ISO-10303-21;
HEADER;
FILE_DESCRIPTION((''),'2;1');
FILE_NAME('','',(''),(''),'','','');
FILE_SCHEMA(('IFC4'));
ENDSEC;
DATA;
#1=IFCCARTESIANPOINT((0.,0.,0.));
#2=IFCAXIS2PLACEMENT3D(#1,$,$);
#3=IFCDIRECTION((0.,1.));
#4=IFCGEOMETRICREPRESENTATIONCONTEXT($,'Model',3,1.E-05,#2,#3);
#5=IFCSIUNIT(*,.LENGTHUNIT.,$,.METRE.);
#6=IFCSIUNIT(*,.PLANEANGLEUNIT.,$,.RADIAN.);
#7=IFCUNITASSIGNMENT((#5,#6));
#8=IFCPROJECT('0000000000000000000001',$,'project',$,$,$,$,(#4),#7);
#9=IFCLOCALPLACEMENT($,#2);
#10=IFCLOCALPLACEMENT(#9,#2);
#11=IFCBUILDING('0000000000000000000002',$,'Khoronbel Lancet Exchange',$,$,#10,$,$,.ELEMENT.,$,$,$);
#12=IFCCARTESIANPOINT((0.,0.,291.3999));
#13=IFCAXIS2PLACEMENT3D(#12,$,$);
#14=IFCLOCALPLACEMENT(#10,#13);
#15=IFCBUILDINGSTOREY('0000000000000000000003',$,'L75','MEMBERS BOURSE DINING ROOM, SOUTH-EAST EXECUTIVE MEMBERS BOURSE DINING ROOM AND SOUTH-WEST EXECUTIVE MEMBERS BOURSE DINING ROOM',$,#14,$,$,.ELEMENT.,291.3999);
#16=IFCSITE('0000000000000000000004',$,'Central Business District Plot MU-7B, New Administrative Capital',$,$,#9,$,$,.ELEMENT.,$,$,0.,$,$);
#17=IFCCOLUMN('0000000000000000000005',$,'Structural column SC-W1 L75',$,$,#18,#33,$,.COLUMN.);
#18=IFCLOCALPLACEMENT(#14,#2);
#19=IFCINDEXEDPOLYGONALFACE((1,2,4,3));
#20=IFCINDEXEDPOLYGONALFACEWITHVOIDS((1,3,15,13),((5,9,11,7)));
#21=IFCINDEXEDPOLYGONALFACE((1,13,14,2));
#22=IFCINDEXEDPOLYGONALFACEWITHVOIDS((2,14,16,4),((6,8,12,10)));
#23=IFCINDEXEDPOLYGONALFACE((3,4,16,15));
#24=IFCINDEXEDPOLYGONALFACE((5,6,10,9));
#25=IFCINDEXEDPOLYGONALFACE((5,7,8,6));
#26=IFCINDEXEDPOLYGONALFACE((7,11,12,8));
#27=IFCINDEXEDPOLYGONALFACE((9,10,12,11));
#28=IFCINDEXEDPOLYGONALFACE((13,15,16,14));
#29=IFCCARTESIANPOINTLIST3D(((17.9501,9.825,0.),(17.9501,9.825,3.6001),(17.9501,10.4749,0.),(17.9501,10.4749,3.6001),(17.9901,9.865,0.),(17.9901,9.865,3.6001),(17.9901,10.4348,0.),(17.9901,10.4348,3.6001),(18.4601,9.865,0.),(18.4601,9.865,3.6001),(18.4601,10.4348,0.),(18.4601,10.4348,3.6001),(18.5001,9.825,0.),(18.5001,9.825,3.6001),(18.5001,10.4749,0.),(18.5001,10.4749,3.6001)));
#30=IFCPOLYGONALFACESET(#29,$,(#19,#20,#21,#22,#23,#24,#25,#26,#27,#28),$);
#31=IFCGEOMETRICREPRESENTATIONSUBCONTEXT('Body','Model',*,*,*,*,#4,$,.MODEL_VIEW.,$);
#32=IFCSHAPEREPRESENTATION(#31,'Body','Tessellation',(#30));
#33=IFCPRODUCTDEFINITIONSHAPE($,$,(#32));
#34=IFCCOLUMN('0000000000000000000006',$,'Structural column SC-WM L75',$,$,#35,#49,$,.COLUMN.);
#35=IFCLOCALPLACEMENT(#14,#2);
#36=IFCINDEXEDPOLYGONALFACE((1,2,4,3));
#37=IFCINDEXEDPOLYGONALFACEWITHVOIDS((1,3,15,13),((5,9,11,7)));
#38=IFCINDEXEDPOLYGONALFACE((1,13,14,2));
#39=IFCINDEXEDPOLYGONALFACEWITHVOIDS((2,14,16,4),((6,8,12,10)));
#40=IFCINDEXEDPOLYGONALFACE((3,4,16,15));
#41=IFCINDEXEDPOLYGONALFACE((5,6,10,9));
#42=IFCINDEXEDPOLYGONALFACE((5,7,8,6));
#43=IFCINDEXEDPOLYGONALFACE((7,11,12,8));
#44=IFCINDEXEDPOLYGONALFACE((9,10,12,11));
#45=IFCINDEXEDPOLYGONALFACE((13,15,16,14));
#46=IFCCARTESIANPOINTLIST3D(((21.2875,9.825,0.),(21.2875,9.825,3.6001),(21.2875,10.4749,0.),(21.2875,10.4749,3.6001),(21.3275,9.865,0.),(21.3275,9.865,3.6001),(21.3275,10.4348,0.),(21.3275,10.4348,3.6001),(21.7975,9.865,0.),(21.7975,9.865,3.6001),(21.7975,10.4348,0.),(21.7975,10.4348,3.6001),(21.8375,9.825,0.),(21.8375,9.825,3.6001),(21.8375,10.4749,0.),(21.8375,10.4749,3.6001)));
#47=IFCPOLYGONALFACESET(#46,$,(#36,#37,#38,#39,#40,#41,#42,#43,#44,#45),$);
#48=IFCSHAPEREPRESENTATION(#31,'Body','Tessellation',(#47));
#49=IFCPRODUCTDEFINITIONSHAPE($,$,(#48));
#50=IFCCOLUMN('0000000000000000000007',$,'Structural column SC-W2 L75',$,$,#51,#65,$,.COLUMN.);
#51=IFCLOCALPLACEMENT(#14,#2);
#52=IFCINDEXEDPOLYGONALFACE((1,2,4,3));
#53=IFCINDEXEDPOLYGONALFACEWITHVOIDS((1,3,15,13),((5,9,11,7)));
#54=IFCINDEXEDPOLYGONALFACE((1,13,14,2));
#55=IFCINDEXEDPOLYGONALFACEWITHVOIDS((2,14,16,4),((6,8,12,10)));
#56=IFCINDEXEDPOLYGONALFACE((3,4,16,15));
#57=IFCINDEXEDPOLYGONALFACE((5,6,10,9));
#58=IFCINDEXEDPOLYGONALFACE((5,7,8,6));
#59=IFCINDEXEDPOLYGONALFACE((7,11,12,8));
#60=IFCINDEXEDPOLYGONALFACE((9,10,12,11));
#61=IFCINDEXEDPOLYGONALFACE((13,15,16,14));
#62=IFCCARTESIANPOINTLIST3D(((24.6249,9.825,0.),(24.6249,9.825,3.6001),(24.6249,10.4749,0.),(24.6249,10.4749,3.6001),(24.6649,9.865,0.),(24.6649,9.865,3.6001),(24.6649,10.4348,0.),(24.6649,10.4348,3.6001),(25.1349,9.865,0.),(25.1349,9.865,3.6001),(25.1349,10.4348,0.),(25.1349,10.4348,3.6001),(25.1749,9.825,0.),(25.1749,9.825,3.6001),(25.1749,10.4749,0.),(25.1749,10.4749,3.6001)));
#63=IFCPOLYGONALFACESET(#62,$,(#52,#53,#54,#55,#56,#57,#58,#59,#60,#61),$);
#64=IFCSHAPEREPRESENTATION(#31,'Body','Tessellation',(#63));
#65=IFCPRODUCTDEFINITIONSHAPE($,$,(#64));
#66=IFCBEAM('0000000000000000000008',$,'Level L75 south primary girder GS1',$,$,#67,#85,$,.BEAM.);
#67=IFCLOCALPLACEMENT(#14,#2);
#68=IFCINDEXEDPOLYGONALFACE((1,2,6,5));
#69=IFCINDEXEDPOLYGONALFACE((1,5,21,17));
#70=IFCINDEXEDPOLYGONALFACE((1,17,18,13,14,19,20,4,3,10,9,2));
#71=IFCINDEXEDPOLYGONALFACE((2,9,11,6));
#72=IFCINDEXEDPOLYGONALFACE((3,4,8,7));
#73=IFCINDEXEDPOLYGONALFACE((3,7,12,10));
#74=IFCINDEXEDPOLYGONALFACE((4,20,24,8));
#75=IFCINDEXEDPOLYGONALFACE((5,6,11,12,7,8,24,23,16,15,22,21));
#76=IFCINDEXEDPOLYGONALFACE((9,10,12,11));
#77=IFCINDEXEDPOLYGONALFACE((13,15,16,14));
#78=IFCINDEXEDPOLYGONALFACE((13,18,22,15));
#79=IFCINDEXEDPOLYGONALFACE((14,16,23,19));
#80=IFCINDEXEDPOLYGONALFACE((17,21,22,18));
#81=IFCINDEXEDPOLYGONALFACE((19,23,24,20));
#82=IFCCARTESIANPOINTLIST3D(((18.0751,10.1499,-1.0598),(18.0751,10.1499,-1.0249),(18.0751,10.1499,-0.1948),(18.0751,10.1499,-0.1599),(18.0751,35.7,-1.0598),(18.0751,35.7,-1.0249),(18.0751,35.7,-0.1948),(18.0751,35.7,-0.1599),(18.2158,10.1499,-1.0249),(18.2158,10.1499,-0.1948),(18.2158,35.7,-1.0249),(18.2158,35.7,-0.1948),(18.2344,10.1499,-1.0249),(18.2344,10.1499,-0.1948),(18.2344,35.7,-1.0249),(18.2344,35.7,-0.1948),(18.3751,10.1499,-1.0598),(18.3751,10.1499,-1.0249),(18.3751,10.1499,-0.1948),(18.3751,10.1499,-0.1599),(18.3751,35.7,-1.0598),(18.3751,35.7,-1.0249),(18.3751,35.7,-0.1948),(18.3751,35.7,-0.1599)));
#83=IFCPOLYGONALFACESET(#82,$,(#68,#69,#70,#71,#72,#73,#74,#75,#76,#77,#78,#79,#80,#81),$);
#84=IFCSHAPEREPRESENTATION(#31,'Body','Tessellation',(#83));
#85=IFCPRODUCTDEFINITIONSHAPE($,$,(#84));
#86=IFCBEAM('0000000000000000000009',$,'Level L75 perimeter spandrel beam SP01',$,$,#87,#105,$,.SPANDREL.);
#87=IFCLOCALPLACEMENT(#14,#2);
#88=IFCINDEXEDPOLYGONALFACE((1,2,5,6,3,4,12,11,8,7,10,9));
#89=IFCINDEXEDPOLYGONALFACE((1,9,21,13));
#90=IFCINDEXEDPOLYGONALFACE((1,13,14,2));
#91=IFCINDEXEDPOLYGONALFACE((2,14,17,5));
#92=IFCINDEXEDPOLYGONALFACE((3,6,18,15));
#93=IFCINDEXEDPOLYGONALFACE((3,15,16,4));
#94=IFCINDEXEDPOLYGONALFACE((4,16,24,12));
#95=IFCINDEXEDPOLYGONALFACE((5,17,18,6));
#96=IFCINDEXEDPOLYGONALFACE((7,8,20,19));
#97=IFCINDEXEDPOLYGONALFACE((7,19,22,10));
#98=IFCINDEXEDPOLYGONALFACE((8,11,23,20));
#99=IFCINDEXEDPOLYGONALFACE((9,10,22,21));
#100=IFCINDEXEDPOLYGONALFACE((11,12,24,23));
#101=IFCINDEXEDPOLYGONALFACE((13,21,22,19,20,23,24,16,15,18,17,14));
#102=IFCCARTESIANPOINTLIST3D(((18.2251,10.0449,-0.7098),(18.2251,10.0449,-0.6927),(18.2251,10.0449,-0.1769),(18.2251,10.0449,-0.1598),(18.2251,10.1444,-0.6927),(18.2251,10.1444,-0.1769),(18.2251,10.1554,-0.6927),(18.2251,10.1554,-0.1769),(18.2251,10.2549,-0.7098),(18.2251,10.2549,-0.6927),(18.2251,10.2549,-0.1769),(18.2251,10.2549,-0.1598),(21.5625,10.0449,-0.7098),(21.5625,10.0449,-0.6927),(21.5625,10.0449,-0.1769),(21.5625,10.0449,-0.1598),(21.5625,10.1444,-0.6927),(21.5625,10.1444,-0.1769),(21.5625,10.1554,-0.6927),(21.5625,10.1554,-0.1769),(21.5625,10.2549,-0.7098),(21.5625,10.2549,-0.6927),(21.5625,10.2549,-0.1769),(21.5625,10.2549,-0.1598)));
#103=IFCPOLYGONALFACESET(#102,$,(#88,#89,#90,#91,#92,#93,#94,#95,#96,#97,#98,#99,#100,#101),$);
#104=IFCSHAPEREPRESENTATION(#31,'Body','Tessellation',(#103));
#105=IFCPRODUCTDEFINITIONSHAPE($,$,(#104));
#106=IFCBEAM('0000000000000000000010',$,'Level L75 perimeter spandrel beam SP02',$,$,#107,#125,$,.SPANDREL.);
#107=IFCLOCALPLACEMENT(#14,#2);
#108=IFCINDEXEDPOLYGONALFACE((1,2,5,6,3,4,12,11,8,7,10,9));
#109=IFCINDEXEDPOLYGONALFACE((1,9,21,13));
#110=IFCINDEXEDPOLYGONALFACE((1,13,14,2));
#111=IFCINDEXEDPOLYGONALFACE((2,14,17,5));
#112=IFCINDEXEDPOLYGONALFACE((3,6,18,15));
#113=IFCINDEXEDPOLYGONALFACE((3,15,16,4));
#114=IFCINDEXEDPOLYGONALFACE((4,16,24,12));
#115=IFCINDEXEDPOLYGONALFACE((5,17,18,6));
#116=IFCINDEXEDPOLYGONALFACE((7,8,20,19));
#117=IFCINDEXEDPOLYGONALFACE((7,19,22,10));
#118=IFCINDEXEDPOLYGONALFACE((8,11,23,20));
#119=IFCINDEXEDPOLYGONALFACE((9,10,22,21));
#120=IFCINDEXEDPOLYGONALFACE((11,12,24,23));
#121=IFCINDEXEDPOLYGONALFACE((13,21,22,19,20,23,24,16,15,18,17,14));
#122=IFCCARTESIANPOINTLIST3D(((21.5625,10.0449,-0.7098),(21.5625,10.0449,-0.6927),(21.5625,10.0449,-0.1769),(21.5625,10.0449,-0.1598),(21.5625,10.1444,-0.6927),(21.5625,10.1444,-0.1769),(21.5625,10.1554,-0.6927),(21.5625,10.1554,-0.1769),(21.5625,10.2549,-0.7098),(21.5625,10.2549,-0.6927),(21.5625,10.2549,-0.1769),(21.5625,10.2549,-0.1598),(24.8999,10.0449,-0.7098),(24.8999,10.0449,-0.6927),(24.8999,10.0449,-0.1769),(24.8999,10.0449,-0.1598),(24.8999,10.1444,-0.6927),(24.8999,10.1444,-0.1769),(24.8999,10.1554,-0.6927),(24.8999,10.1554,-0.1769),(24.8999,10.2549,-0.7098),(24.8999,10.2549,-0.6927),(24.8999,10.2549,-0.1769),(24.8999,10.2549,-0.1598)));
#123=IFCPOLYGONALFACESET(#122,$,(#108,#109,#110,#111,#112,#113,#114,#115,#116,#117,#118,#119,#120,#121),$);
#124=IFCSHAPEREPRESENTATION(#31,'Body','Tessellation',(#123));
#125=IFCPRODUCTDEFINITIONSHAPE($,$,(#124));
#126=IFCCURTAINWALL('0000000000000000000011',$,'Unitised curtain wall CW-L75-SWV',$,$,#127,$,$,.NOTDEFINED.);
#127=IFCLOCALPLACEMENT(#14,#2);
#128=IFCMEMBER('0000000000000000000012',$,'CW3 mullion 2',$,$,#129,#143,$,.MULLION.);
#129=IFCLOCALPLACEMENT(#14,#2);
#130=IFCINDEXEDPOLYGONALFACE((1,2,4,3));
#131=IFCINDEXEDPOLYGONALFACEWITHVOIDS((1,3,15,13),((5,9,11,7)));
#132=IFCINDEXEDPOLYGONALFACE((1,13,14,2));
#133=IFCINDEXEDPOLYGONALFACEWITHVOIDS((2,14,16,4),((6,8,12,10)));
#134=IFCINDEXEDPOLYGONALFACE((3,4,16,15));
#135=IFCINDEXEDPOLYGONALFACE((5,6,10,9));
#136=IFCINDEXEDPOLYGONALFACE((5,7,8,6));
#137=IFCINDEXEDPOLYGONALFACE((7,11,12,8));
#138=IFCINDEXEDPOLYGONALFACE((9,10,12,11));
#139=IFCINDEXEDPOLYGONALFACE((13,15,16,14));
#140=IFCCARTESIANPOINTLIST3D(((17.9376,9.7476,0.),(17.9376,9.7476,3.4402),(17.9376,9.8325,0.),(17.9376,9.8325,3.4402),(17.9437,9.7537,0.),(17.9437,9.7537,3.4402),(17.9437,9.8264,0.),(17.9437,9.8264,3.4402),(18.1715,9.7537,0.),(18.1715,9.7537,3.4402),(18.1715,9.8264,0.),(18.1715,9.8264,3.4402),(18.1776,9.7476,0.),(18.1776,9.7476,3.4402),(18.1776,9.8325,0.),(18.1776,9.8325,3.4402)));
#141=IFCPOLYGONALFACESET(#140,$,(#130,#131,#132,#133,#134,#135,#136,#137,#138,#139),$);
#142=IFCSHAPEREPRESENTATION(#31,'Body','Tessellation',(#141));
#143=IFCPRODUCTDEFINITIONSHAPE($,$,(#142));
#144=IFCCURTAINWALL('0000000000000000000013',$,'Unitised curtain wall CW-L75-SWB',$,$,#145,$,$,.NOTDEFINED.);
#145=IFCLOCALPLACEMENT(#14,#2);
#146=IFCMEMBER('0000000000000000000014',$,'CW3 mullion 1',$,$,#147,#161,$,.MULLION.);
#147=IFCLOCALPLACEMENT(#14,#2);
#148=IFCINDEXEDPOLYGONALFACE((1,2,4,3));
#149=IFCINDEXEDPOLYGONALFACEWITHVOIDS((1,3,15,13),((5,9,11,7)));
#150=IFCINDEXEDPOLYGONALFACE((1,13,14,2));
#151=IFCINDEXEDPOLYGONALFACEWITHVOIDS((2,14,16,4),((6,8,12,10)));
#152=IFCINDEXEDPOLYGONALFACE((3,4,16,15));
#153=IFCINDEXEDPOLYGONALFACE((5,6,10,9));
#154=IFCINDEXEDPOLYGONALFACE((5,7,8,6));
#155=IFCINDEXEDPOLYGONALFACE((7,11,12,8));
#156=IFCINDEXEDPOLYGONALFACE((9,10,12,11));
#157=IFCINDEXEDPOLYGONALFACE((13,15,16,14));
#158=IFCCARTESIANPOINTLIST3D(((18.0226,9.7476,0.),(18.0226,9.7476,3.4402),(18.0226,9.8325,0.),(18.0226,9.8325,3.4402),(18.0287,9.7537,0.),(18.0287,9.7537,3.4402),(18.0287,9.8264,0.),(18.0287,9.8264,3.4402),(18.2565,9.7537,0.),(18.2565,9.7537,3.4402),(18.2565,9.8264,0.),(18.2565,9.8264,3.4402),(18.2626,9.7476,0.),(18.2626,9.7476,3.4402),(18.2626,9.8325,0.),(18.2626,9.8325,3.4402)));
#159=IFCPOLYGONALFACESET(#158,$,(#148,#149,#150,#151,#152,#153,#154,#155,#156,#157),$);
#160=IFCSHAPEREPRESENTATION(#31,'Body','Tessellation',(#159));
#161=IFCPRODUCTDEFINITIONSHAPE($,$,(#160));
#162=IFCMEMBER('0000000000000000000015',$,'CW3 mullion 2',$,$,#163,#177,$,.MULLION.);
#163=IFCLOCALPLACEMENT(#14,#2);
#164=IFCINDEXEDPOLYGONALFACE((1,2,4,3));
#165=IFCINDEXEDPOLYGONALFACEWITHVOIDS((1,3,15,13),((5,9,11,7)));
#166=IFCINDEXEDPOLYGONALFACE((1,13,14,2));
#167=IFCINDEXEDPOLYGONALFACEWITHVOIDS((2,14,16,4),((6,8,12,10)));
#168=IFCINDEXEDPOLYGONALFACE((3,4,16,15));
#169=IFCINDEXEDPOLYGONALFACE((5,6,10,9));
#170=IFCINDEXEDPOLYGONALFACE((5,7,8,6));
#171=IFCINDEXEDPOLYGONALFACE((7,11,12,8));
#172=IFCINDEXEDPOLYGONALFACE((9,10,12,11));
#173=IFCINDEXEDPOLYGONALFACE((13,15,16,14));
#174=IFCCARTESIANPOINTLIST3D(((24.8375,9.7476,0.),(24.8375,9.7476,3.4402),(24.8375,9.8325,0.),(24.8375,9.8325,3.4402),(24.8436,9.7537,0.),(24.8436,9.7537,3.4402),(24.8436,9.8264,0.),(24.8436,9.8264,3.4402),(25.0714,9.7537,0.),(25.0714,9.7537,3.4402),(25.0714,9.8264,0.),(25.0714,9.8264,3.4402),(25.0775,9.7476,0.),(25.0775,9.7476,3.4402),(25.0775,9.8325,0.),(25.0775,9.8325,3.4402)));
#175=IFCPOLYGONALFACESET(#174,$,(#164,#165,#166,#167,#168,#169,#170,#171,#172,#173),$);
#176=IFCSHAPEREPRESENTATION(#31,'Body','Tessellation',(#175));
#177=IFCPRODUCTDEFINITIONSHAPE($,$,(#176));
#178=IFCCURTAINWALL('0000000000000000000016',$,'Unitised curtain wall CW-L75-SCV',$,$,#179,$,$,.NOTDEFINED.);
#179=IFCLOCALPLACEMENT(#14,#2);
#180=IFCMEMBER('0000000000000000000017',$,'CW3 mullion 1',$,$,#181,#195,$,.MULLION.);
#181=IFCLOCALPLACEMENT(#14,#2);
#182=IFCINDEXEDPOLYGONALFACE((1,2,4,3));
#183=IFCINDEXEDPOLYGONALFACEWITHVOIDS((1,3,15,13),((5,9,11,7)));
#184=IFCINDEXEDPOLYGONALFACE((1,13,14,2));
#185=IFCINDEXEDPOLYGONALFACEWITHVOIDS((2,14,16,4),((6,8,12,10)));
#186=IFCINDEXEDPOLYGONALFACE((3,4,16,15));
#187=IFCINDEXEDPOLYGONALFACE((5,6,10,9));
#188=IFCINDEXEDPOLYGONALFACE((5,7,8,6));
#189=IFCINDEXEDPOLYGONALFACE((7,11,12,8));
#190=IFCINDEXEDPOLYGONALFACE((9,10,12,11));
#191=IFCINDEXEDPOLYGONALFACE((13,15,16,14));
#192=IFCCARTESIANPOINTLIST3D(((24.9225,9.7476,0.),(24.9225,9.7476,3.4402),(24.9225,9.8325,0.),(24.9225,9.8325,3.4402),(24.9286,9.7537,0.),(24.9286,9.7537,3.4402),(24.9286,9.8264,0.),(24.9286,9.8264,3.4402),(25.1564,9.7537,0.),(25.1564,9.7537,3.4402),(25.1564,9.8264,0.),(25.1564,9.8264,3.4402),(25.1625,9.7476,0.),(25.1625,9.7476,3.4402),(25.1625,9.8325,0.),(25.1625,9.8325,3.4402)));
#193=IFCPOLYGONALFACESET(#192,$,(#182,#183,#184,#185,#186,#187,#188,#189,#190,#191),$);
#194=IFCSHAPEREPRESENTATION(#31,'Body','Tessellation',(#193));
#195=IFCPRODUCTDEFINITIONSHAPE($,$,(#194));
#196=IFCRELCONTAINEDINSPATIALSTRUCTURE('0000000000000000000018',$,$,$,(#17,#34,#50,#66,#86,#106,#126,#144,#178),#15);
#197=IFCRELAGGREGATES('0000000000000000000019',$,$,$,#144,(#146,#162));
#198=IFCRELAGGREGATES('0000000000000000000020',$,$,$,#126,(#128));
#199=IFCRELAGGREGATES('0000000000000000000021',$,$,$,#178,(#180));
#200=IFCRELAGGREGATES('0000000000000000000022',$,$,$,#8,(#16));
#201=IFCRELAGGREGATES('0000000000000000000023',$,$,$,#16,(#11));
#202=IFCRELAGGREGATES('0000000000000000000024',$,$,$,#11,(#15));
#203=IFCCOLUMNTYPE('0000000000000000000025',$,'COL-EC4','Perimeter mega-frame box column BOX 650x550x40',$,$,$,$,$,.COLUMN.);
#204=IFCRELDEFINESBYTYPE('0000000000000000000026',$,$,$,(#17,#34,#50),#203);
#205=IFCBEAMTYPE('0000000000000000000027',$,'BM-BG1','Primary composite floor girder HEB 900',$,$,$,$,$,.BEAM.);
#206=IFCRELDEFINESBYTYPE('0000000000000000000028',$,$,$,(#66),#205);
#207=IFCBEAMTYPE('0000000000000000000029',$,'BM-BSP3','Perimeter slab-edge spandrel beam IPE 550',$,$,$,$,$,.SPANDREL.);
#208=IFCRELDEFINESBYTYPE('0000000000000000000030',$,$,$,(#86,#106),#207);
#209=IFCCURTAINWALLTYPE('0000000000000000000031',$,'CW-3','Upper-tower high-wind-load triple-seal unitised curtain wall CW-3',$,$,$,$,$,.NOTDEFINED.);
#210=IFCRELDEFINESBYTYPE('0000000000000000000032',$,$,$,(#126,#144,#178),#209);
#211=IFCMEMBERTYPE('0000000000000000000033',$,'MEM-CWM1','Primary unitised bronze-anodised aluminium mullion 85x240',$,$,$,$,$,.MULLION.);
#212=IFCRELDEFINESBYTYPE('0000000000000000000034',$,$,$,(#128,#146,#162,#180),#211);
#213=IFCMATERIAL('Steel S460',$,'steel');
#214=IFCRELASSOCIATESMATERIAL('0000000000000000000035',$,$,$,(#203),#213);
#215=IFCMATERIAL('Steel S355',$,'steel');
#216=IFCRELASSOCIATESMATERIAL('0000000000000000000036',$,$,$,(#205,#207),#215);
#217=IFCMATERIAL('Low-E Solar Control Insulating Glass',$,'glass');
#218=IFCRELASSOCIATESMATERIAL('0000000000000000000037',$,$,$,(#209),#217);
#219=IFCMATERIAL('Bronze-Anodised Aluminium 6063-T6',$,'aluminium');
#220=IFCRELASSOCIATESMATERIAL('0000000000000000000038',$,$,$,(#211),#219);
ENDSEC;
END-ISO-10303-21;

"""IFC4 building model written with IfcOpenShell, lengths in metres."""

from ifc_helpers import new_model, si_unit, direction, frame, origin, origin_2d, place, context, subcontext, project, spatial, hollow_rectangle, i_section, extrude, material, material_profile, profile_set, type_object, element, aggregate, save


model = new_model("IFC4")

# Units and contexts
model_context = context("Model", 3, precision=1e-05, world=origin(), true_north=direction((0.0, 1.0)))
body_context = subcontext(model_context, "Body", "Model", "MODEL_VIEW")
ifc_project = project(units=[si_unit("LENGTHUNIT", "METRE"), si_unit("PLANEANGLEUNIT", "RADIAN")], contexts=[model_context])

# Site, building, storey
site_placement = place(None, origin())
site = spatial("IfcSite", under=ifc_project, at=site_placement, Name="Central Business District Plot MU-7B, New Administrative Capital", CompositionType="ELEMENT", RefElevation=0.0)
building_placement = place(site_placement, origin())
building = spatial("IfcBuilding", under=site, at=building_placement, Name="Khoronbel Lancet Exchange", CompositionType="ELEMENT")
storey_placement = place(building_placement, frame((0.0, 0.0, 291.3999)))
storey = spatial("IfcBuildingStorey", under=building, at=storey_placement, Name="L75", Description="MEMBERS BOURSE DINING ROOM, SOUTH-EAST EXECUTIVE MEMBERS BOURSE DINING ROOM AND SOUTH-WEST EXECUTIVE MEMBERS BOURSE DINING ROOM", CompositionType="ELEMENT", Elevation=291.3999)

# Columns
ifc_material_1 = material(Name="Steel S460", Category="steel")
ifc_material_profile_1 = material_profile(ifc_material_1, hollow_rectangle(XDim=0.55, YDim=0.6499, WallThickness=0.04, at=origin_2d()), Name="BOX 650x550x40")
ifc_profile_set_1 = profile_set([ifc_material_profile_1], Name="Steel S460")
column_type = type_object("IfcColumnType", Name="COL-EC4", Description="Perimeter mega-frame box column BOX 650x550x40", PredefinedType="COLUMN", material=ifc_profile_set_1)
for number, where, z_axis, x_axis, name in (
    (1, (18.2251, 10.1499, 0.0), (0.0, 0.0, 1.0), (1.0, 0.0, 0.0), "Structural column SC-W1 L75"),
    (2, (21.5625, 10.1499, 0.0), (0.0, 0.0, 1.0), (1.0, 0.0, 0.0), "Structural column SC-WM L75"),
    (3, (24.8999, 10.1499, 0.0), (0.0, 0.0, 1.0), (1.0, 0.0, 0.0), "Structural column SC-W2 L75"),
):
    element("IfcColumn", number, at=place(storey_placement, frame(where, z_axis=z_axis, x_axis=x_axis)), inside=storey, type_object=column_type, Name=name, PredefinedType="COLUMN", context=body_context, shape_type="SweptSolid", body=[
        extrude(hollow_rectangle(XDim=0.55, YDim=0.6499, WallThickness=0.04, at=origin_2d()), origin(), (0.0, 0.0, 1.0), 3.6001),
    ])

# Beams
ifc_material_2 = material(Name="Steel S355", Category="steel")
ifc_material_profile_2 = material_profile(ifc_material_2, i_section(OverallWidth=0.3, OverallDepth=0.8999, WebThickness=0.0186, FlangeThickness=0.0349, at=origin_2d()), Name="HEB 900")
ifc_profile_set_2 = profile_set([ifc_material_profile_2], Name="Steel S355")
beam_type_1 = type_object("IfcBeamType", Name="BM-BG1", Description="Primary composite floor girder HEB 900", PredefinedType="BEAM", material=ifc_profile_set_2)
beam_placement = place(storey_placement, frame((18.2251, 10.1499, -0.6099), z_axis=(0.0, 1.0, 0.0), x_axis=(-1.0, 0.0, 0.0)))
element("IfcBeam", 4, at=beam_placement, inside=storey, type_object=beam_type_1, Name="Level L75 south primary girder GS1", PredefinedType="BEAM", context=body_context, shape_type="SweptSolid", body=[
    extrude(i_section(OverallWidth=0.3, OverallDepth=0.8999, WebThickness=0.0186, FlangeThickness=0.0349, at=origin_2d()), origin(), (0.0, 0.0, 1.0), 25.55),
])
ifc_material_profile_3 = material_profile(ifc_material_2, i_section(OverallWidth=0.21, OverallDepth=0.55, WebThickness=0.011, FlangeThickness=0.0171, at=origin_2d()), Name="IPE 550")
ifc_profile_set_3 = profile_set([ifc_material_profile_3], Name="Steel S355")
beam_type_2 = type_object("IfcBeamType", Name="BM-BSP3", Description="Perimeter slab-edge spandrel beam IPE 550", PredefinedType="SPANDREL", material=ifc_profile_set_3)
for number, where, z_axis, x_axis, name in (
    (5, (18.2251, 10.1499, -0.4348), (1.0, 0.0, 0.0), (0.0, 1.0, 0.0), "Level L75 perimeter spandrel beam SP01"),
    (6, (21.5625, 10.1499, -0.4348), (1.0, 0.0, 0.0), (0.0, 1.0, 0.0), "Level L75 perimeter spandrel beam SP02"),
):
    element("IfcBeam", number, at=place(storey_placement, frame(where, z_axis=z_axis, x_axis=x_axis)), inside=storey, type_object=beam_type_2, Name=name, PredefinedType="SPANDREL", context=body_context, shape_type="SweptSolid", body=[
        extrude(i_section(OverallWidth=0.21, OverallDepth=0.55, WebThickness=0.011, FlangeThickness=0.0171, at=origin_2d()), origin(), (0.0, 0.0, 1.0), 3.3374),
    ])

# Curtain wall, member
ifc_material_3 = material(Name="Low-E Solar Control Insulating Glass", Category="glass")
curtain_wall_type = type_object("IfcCurtainWallType", Name="CW-3", Description="Upper-tower high-wind-load triple-seal unitised curtain wall CW-3", PredefinedType="NOTDEFINED", material=ifc_material_3)
curtain_wall_1_placement = place(storey_placement, origin())
curtain_wall_1 = element("IfcCurtainWall", 7, at=curtain_wall_1_placement, inside=storey, type_object=curtain_wall_type, Name="Unitised curtain wall CW-L75-SWV", PredefinedType="NOTDEFINED")
ifc_material_4 = material(Name="Bronze-Anodised Aluminium 6063-T6", Category="aluminium")
ifc_material_profile_4 = material_profile(ifc_material_4, hollow_rectangle(XDim=0.085, YDim=0.24, WallThickness=0.0061, at=origin_2d()), Name="ALU MULLION 85x240")
ifc_profile_set_4 = profile_set([ifc_material_profile_4], Name="Bronze-Anodised Aluminium 6063-T6")
member_type_1 = type_object("IfcMemberType", Name="MEM-CWM1", Description="Primary unitised bronze-anodised aluminium mullion 85x240", PredefinedType="MULLION", material=ifc_profile_set_4)
member_1_placement = place(storey_placement, frame((18.0576, 9.79, 0.0), z_axis=(0.0, 0.0, 1.0), x_axis=(0.0, 1.0, 0.0)))
member_1 = element("IfcMember", 8, at=member_1_placement, type_object=member_type_1, Name="CW3 mullion 2", PredefinedType="MULLION", context=body_context, shape_type="SweptSolid", body=[
    extrude(hollow_rectangle(XDim=0.085, YDim=0.24, WallThickness=0.0061, at=origin_2d()), origin(), (0.0, 0.0, 1.0), 3.4402),
])

# Curtain wall, members
curtain_wall_2_placement = place(storey_placement, origin())
curtain_wall_2 = element("IfcCurtainWall", 9, at=curtain_wall_2_placement, inside=storey, type_object=curtain_wall_type, Name="Unitised curtain wall CW-L75-SWB", PredefinedType="NOTDEFINED")
member_2_placement = place(storey_placement, frame((18.1426, 9.79, 0.0), z_axis=(0.0, 0.0, 1.0), x_axis=(0.0, 1.0, 0.0)))
member_2 = element("IfcMember", 10, at=member_2_placement, type_object=member_type_1, Name="CW3 mullion 1", PredefinedType="MULLION", context=body_context, shape_type="SweptSolid", body=[
    extrude(hollow_rectangle(XDim=0.085, YDim=0.24, WallThickness=0.0061, at=origin_2d()), origin(), (0.0, 0.0, 1.0), 3.4402),
])
member_3_placement = place(storey_placement, frame((24.9575, 9.79, 0.0), z_axis=(0.0, 0.0, 1.0), x_axis=(0.0, 1.0, 0.0)))
member_3 = element("IfcMember", 11, at=member_3_placement, type_object=member_type_1, Name="CW3 mullion 2", PredefinedType="MULLION", context=body_context, shape_type="SweptSolid", body=[
    extrude(hollow_rectangle(XDim=0.085, YDim=0.24, WallThickness=0.0061, at=origin_2d()), origin(), (0.0, 0.0, 1.0), 3.4402),
])

# Curtain wall, member
curtain_wall_3_placement = place(storey_placement, origin())
curtain_wall_3 = element("IfcCurtainWall", 12, at=curtain_wall_3_placement, inside=storey, type_object=curtain_wall_type, Name="Unitised curtain wall CW-L75-SCV", PredefinedType="NOTDEFINED")
member_4_placement = place(storey_placement, frame((25.0425, 9.79, 0.0), z_axis=(0.0, 0.0, 1.0), x_axis=(0.0, 1.0, 0.0)))
member_4 = element("IfcMember", 13, at=member_4_placement, type_object=member_type_1, Name="CW3 mullion 1", PredefinedType="MULLION", context=body_context, shape_type="SweptSolid", body=[
    extrude(hollow_rectangle(XDim=0.085, YDim=0.24, WallThickness=0.0061, at=origin_2d()), origin(), (0.0, 0.0, 1.0), 3.4402),
])

aggregate(curtain_wall_2, [member_2, member_3])
aggregate(curtain_wall_1, [member_1])
aggregate(curtain_wall_3, [member_4])

save(model, "model.ifc")
